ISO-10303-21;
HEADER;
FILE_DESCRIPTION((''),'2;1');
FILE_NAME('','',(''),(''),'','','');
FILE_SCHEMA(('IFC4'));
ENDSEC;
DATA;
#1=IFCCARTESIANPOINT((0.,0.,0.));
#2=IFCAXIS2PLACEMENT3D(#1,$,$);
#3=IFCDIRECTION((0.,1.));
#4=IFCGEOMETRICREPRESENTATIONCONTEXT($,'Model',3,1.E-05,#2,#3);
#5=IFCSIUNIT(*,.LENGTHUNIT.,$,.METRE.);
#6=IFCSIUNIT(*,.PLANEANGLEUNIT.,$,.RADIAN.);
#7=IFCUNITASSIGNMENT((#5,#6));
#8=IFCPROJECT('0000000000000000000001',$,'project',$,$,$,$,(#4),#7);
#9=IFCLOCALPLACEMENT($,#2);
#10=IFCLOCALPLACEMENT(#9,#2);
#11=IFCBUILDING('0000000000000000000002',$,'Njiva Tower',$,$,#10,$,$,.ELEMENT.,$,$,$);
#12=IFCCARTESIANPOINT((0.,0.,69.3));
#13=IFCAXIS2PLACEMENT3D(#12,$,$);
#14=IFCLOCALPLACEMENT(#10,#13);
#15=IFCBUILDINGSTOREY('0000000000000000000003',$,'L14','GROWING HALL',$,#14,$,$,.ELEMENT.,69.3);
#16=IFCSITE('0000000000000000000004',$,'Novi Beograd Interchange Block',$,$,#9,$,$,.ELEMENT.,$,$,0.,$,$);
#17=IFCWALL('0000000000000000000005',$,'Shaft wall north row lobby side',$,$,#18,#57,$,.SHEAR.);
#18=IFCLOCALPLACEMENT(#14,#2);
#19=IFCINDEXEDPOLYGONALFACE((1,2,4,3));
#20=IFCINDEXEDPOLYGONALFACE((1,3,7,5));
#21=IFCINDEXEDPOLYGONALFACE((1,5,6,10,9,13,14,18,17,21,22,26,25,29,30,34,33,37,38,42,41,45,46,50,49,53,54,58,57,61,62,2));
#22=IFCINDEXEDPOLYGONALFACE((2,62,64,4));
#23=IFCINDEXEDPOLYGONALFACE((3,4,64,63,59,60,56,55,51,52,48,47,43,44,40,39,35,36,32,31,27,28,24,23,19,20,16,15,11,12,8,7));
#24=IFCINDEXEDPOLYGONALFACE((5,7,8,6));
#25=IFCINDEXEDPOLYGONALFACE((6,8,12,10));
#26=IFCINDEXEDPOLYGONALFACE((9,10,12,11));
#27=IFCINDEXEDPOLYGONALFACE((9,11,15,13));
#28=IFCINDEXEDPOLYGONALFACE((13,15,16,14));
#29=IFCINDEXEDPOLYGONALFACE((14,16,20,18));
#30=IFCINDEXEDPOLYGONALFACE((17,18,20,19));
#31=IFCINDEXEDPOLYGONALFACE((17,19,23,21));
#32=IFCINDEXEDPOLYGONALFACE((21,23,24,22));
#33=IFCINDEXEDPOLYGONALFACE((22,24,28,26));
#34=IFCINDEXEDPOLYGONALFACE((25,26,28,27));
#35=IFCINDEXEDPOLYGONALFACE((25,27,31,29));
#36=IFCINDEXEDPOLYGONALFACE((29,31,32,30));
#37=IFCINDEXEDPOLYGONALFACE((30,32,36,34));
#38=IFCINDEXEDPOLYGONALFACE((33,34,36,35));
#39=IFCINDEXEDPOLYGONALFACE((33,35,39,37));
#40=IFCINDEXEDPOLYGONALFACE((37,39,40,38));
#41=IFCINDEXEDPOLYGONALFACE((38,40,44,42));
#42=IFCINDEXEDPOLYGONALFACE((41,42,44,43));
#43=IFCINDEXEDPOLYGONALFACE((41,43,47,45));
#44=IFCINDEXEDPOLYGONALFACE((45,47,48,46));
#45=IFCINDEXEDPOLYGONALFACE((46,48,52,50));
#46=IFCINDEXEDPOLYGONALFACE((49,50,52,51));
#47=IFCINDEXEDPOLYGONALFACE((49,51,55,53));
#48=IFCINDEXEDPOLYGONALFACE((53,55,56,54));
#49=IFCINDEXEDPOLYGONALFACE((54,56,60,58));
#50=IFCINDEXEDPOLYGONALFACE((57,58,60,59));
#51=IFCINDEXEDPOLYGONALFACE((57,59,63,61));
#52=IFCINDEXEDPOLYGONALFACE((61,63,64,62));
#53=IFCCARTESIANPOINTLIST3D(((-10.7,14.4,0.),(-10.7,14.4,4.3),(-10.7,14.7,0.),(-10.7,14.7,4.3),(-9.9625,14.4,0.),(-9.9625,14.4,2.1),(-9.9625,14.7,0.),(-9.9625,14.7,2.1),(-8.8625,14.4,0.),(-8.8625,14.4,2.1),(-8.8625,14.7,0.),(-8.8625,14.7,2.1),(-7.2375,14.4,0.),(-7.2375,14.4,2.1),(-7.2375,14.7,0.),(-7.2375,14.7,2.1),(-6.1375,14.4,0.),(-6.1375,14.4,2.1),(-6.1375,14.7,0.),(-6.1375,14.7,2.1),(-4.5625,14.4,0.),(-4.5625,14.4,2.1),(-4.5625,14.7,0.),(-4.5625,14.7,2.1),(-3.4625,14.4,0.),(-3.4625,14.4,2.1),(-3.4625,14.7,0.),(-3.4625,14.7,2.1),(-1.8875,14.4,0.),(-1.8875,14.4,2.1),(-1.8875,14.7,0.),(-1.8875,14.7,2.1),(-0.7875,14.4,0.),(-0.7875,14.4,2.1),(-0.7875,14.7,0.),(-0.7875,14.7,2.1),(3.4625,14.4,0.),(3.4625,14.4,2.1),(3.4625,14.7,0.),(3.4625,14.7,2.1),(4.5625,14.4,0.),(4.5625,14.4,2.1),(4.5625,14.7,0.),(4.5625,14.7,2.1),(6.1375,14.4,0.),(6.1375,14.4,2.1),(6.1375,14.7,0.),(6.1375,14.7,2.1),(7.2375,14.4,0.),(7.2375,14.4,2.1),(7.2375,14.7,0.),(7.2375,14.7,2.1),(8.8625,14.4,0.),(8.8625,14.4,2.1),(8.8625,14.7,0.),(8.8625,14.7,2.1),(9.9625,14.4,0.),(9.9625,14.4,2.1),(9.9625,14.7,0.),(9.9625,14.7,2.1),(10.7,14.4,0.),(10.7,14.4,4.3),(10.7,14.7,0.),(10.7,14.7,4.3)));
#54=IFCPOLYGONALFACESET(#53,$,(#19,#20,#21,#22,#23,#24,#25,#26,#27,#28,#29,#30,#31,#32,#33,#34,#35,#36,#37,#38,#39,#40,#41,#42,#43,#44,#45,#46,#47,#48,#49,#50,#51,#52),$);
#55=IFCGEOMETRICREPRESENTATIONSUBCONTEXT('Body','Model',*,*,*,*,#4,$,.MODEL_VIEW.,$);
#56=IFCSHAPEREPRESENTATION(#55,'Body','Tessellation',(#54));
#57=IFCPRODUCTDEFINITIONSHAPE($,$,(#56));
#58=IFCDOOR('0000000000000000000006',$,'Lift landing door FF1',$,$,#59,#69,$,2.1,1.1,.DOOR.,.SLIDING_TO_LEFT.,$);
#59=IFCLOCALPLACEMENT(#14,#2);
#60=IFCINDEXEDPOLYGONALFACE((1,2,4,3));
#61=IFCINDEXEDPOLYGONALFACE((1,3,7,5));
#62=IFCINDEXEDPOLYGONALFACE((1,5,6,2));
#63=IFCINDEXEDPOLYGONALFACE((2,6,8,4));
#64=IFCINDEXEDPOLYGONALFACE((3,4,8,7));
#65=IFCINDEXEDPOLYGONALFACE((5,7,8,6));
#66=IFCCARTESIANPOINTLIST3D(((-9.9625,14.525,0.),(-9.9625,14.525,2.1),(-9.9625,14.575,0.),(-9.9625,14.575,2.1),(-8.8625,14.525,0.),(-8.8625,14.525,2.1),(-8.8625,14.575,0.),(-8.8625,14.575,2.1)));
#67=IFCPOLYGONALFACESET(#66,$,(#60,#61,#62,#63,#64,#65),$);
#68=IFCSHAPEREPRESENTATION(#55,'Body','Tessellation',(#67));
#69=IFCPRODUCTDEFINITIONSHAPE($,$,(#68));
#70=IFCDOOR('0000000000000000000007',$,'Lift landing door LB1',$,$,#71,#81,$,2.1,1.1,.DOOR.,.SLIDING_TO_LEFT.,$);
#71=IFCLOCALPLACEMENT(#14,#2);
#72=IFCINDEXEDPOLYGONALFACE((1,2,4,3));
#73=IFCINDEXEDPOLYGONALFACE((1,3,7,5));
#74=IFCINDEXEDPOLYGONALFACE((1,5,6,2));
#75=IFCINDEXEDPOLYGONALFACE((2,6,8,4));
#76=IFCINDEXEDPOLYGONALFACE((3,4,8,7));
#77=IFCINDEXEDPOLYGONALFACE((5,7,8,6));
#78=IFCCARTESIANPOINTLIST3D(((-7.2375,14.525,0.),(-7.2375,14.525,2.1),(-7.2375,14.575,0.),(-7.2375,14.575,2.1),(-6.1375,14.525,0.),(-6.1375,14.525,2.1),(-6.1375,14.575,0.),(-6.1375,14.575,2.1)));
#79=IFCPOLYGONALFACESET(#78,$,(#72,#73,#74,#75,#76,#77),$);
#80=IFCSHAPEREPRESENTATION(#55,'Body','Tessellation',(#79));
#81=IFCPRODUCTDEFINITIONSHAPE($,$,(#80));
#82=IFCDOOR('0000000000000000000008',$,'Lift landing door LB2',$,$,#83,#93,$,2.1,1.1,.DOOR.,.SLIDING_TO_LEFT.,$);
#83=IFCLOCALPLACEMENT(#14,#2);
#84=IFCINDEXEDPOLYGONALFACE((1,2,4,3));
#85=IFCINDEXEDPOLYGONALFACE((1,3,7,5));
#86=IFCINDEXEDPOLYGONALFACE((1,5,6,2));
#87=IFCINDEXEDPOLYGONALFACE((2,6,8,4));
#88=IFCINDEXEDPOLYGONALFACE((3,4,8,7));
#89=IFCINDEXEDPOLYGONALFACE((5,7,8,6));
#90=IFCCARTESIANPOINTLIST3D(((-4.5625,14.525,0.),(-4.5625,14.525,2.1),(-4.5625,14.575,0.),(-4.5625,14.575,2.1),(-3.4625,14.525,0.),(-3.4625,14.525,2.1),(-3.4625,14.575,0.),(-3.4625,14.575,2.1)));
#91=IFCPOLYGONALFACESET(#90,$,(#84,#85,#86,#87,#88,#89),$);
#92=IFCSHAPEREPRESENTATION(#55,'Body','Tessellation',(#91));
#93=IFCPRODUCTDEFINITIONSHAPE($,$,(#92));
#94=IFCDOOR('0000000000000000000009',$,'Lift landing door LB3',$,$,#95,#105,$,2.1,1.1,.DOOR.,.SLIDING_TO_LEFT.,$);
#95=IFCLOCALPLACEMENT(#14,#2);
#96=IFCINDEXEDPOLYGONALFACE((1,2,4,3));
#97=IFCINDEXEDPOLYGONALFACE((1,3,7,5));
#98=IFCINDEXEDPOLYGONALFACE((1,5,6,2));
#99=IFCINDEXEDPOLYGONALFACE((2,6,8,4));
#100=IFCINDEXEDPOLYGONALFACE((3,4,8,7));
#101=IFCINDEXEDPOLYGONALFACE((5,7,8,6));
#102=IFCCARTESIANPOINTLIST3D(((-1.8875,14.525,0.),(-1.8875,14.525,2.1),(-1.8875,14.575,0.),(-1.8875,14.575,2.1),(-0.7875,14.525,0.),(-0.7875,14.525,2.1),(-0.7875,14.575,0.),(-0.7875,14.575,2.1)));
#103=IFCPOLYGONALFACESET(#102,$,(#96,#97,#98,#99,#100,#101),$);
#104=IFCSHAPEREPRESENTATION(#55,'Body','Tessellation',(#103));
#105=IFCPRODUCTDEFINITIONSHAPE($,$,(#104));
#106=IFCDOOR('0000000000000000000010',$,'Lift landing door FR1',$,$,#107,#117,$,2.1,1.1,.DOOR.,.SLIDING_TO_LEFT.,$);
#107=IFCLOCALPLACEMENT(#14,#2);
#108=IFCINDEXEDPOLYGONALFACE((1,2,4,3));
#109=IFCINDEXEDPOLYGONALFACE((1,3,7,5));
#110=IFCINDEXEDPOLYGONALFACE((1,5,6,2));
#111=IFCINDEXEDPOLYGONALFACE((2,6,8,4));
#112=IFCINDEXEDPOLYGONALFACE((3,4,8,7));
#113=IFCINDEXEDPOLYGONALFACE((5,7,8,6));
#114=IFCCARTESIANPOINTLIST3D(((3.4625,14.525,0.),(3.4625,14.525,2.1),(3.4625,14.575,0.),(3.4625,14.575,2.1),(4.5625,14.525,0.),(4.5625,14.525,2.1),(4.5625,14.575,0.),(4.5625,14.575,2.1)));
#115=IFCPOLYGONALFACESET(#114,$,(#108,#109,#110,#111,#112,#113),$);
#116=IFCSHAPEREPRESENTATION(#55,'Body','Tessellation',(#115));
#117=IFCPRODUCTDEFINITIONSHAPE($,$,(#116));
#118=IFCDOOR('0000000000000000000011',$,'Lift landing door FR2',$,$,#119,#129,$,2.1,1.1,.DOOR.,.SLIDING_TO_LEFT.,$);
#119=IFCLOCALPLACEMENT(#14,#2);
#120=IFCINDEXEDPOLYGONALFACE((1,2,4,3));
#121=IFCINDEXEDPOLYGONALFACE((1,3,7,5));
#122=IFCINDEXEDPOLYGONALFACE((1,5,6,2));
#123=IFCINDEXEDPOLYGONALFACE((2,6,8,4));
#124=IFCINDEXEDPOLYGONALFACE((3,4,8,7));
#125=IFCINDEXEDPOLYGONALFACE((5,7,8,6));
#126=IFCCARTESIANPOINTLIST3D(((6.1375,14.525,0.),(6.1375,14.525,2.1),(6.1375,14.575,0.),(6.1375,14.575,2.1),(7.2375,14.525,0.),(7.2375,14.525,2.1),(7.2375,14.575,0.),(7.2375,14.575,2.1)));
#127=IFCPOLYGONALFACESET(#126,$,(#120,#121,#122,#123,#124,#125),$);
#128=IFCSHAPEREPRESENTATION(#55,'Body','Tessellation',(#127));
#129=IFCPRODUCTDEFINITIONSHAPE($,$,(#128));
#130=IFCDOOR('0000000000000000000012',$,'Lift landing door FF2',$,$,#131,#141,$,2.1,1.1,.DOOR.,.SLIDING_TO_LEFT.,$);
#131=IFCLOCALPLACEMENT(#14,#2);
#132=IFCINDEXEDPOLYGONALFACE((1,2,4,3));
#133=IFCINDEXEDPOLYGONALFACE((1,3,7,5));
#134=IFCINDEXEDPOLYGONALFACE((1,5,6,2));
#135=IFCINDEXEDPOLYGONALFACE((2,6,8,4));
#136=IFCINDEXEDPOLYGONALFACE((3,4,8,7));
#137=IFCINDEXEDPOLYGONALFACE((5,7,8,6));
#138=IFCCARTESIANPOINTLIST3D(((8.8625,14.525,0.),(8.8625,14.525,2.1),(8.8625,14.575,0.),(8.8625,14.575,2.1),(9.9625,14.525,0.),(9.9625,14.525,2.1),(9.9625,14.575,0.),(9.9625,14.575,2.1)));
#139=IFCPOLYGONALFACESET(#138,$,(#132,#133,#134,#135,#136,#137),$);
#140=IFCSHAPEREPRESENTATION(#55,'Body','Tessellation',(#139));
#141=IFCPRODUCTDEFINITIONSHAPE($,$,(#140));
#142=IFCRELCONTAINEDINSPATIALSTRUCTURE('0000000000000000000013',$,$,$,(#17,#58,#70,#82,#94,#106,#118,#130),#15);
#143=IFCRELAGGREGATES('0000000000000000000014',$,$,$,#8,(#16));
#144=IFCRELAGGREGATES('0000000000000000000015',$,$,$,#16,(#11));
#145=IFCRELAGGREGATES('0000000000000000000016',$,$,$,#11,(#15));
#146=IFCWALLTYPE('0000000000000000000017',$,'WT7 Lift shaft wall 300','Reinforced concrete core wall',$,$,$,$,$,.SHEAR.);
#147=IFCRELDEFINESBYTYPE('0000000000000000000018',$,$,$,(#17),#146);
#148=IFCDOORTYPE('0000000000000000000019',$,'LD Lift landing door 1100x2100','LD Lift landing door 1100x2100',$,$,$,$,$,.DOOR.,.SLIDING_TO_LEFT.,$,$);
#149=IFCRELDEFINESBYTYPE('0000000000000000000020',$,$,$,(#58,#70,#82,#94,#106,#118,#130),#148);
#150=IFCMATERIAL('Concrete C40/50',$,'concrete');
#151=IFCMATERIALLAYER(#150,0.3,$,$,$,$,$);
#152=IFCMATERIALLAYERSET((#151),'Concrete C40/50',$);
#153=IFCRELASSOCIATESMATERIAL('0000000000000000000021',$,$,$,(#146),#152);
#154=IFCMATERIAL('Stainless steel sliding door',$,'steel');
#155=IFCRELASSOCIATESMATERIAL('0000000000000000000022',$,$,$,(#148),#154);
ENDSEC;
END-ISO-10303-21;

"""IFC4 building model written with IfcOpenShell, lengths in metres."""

from ifc_helpers import new_model, si_unit, direction, frame, frame_2d, origin, place, context, subcontext, project, spatial, rectangle, extrude, material, layer, layer_set, type_object, element, fill, save


model = new_model("IFC4")

# Units and contexts
model_context = context("Model", 3, precision=1e-05, world=origin(), true_north=direction((0.0, 1.0)))
body_context = subcontext(model_context, "Body", "Model", "MODEL_VIEW")
ifc_project = project(units=[si_unit("LENGTHUNIT", "METRE"), si_unit("PLANEANGLEUNIT", "RADIAN")], contexts=[model_context])

# Site, building, storey
site_placement = place(None, origin())
site = spatial("IfcSite", under=ifc_project, at=site_placement, Name="Novi Beograd Interchange Block", CompositionType="ELEMENT", RefElevation=0.0)
building_placement = place(site_placement, origin())
building = spatial("IfcBuilding", under=site, at=building_placement, Name="Njiva Tower", CompositionType="ELEMENT")
storey_placement = place(building_placement, frame((0.0, 0.0, 69.3)))
storey = spatial("IfcBuildingStorey", under=building, at=storey_placement, Name="L14", Description="GROWING HALL", CompositionType="ELEMENT", Elevation=69.3)

# Shared definitions
ifc_material_1 = material(Name="Concrete C40/50", Category="concrete")

# Wall, openings, doors
ifc_layer_1 = layer(ifc_material_1, 0.3)
ifc_layer_set_1 = layer_set([ifc_layer_1], Name="Concrete C40/50")
wall_type_1 = type_object("IfcWallType", Name="WT7 Lift shaft wall 300", Description="Reinforced concrete core wall", PredefinedType="SHEAR", material=ifc_layer_set_1)
wall_1_placement = place(storey_placement, frame((-10.7, 14.55, 0.0), z_axis=(0.0, 0.0, 1.0), x_axis=(1.0, 0.0, 0.0)))
wall_1 = element("IfcWall", 1, at=wall_1_placement, inside=storey, type_object=wall_type_1, Name="Shaft wall north row lobby side", PredefinedType="SHEAR", context=body_context, shape_type="SweptSolid", body=[
    extrude(rectangle(XDim=21.4, YDim=0.3, at=frame_2d((10.7, 0.0))), origin(), (0.0, 0.0, 1.0), 4.3),
])
opening_1_placement = place(wall_1_placement, frame((0.7375, 0.0, 0.0)))
opening_1 = element("IfcOpeningElement", 2, at=opening_1_placement, cuts=wall_1, PredefinedType="OPENING", context=body_context, shape_type="SweptSolid", body=[
    extrude(rectangle(XDim=1.1, YDim=2.1, at=frame_2d((0.55, 1.05))), frame((0.0, 0.16, 0.0), z_axis=(0.0, -1.0, 0.0), x_axis=(1.0, 0.0, 0.0)), (0.0, 0.0, 1.0), 0.32),
])
opening_2_placement = place(wall_1_placement, frame((3.4625, 0.0, 0.0)))
opening_2 = element("IfcOpeningElement", 3, at=opening_2_placement, cuts=wall_1, PredefinedType="OPENING", context=body_context, shape_type="SweptSolid", body=[
    extrude(rectangle(XDim=1.1, YDim=2.1, at=frame_2d((0.55, 1.05))), frame((0.0, 0.16, 0.0), z_axis=(0.0, -1.0, 0.0), x_axis=(1.0, 0.0, 0.0)), (0.0, 0.0, 1.0), 0.32),
])
opening_3_placement = place(wall_1_placement, frame((6.1375, 0.0, 0.0)))
opening_3 = element("IfcOpeningElement", 4, at=opening_3_placement, cuts=wall_1, PredefinedType="OPENING", context=body_context, shape_type="SweptSolid", body=[
    extrude(rectangle(XDim=1.1, YDim=2.1, at=frame_2d((0.55, 1.05))), frame((0.0, 0.16, 0.0), z_axis=(0.0, -1.0, 0.0), x_axis=(1.0, 0.0, 0.0)), (0.0, 0.0, 1.0), 0.32),
])
opening_4_placement = place(wall_1_placement, frame((8.8125, 0.0, 0.0)))
opening_4 = element("IfcOpeningElement", 5, at=opening_4_placement, cuts=wall_1, PredefinedType="OPENING", context=body_context, shape_type="SweptSolid", body=[
    extrude(rectangle(XDim=1.1, YDim=2.1, at=frame_2d((0.55, 1.05))), frame((0.0, 0.16, 0.0), z_axis=(0.0, -1.0, 0.0), x_axis=(1.0, 0.0, 0.0)), (0.0, 0.0, 1.0), 0.32),
])
opening_5_placement = place(wall_1_placement, frame((14.1625, 0.0, 0.0)))
opening_5 = element("IfcOpeningElement", 6, at=opening_5_placement, cuts=wall_1, PredefinedType="OPENING", context=body_context, shape_type="SweptSolid", body=[
    extrude(rectangle(XDim=1.1, YDim=2.1, at=frame_2d((0.55, 1.05))), frame((0.0, 0.16, 0.0), z_axis=(0.0, -1.0, 0.0), x_axis=(1.0, 0.0, 0.0)), (0.0, 0.0, 1.0), 0.32),
])
opening_6_placement = place(wall_1_placement, frame((16.8375, 0.0, 0.0)))
opening_6 = element("IfcOpeningElement", 7, at=opening_6_placement, cuts=wall_1, PredefinedType="OPENING", context=body_context, shape_type="SweptSolid", body=[
    extrude(rectangle(XDim=1.1, YDim=2.1, at=frame_2d((0.55, 1.05))), frame((0.0, 0.16, 0.0), z_axis=(0.0, -1.0, 0.0), x_axis=(1.0, 0.0, 0.0)), (0.0, 0.0, 1.0), 0.32),
])
opening_7_placement = place(wall_1_placement, frame((19.5625, 0.0, 0.0)))
opening_7 = element("IfcOpeningElement", 8, at=opening_7_placement, cuts=wall_1, PredefinedType="OPENING", context=body_context, shape_type="SweptSolid", body=[
    extrude(rectangle(XDim=1.1, YDim=2.1, at=frame_2d((0.55, 1.05))), frame((0.0, 0.16, 0.0), z_axis=(0.0, -1.0, 0.0), x_axis=(1.0, 0.0, 0.0)), (0.0, 0.0, 1.0), 0.32),
])
ifc_material_2 = material(Name="Stainless steel sliding door", Category="steel")
door_type_1 = type_object("IfcDoorType", Name="LD Lift landing door 1100x2100", Description="LD Lift landing door 1100x2100", OperationType="SLIDING_TO_LEFT", PredefinedType="DOOR", material=ifc_material_2)
door_1_placement = place(opening_1_placement, origin())
door_1 = element("IfcDoor", 9, at=door_1_placement, inside=storey, type_object=door_type_1, Name="Lift landing door FF1", OperationType="SLIDING_TO_LEFT", OverallHeight=2.1, OverallWidth=1.1, PredefinedType="DOOR", context=body_context, shape_type="SweptSolid", body=[
    extrude(rectangle(XDim=1.1, YDim=2.1, at=frame_2d((0.55, 1.05))), frame((0.0, 0.025, 0.0), z_axis=(0.0, -1.0, 0.0), x_axis=(1.0, 0.0, 0.0)), (0.0, 0.0, 1.0), 0.05),
])
fill(opening_1, door_1)
door_2_placement = place(opening_2_placement, origin())
door_2 = element("IfcDoor", 10, at=door_2_placement, inside=storey, type_object=door_type_1, Name="Lift landing door LB1", OperationType="SLIDING_TO_LEFT", OverallHeight=2.1, OverallWidth=1.1, PredefinedType="DOOR", context=body_context, shape_type="SweptSolid", body=[
    extrude(rectangle(XDim=1.1, YDim=2.1, at=frame_2d((0.55, 1.05))), frame((0.0, 0.025, 0.0), z_axis=(0.0, -1.0, 0.0), x_axis=(1.0, 0.0, 0.0)), (0.0, 0.0, 1.0), 0.05),
])
fill(opening_2, door_2)
door_3_placement = place(opening_3_placement, origin())
door_3 = element("IfcDoor", 11, at=door_3_placement, inside=storey, type_object=door_type_1, Name="Lift landing door LB2", OperationType="SLIDING_TO_LEFT", OverallHeight=2.1, OverallWidth=1.1, PredefinedType="DOOR", context=body_context, shape_type="SweptSolid", body=[
    extrude(rectangle(XDim=1.1, YDim=2.1, at=frame_2d((0.55, 1.05))), frame((0.0, 0.025, 0.0), z_axis=(0.0, -1.0, 0.0), x_axis=(1.0, 0.0, 0.0)), (0.0, 0.0, 1.0), 0.05),
])
fill(opening_3, door_3)
door_4_placement = place(opening_4_placement, origin())
door_4 = element("IfcDoor", 12, at=door_4_placement, inside=storey, type_object=door_type_1, Name="Lift landing door LB3", OperationType="SLIDING_TO_LEFT", OverallHeight=2.1, OverallWidth=1.1, PredefinedType="DOOR", context=body_context, shape_type="SweptSolid", body=[
    extrude(rectangle(XDim=1.1, YDim=2.1, at=frame_2d((0.55, 1.05))), frame((0.0, 0.025, 0.0), z_axis=(0.0, -1.0, 0.0), x_axis=(1.0, 0.0, 0.0)), (0.0, 0.0, 1.0), 0.05),
])
fill(opening_4, door_4)
door_5_placement = place(opening_5_placement, origin())
door_5 = element("IfcDoor", 13, at=door_5_placement, inside=storey, type_object=door_type_1, Name="Lift landing door FR1", OperationType="SLIDING_TO_LEFT", OverallHeight=2.1, OverallWidth=1.1, PredefinedType="DOOR", context=body_context, shape_type="SweptSolid", body=[
    extrude(rectangle(XDim=1.1, YDim=2.1, at=frame_2d((0.55, 1.05))), frame((0.0, 0.025, 0.0), z_axis=(0.0, -1.0, 0.0), x_axis=(1.0, 0.0, 0.0)), (0.0, 0.0, 1.0), 0.05),
])
fill(opening_5, door_5)
door_6_placement = place(opening_6_placement, origin())
door_6 = element("IfcDoor", 14, at=door_6_placement, inside=storey, type_object=door_type_1, Name="Lift landing door FR2", OperationType="SLIDING_TO_LEFT", OverallHeight=2.1, OverallWidth=1.1, PredefinedType="DOOR", context=body_context, shape_type="SweptSolid", body=[
    extrude(rectangle(XDim=1.1, YDim=2.1, at=frame_2d((0.55, 1.05))), frame((0.0, 0.025, 0.0), z_axis=(0.0, -1.0, 0.0), x_axis=(1.0, 0.0, 0.0)), (0.0, 0.0, 1.0), 0.05),
])
fill(opening_6, door_6)
door_7_placement = place(opening_7_placement, origin())
door_7 = element("IfcDoor", 15, at=door_7_placement, inside=storey, type_object=door_type_1, Name="Lift landing door FF2", OperationType="SLIDING_TO_LEFT", OverallHeight=2.1, OverallWidth=1.1, PredefinedType="DOOR", context=body_context, shape_type="SweptSolid", body=[
    extrude(rectangle(XDim=1.1, YDim=2.1, at=frame_2d((0.55, 1.05))), frame((0.0, 0.025, 0.0), z_axis=(0.0, -1.0, 0.0), x_axis=(1.0, 0.0, 0.0)), (0.0, 0.0, 1.0), 0.05),
])
fill(opening_7, door_7)

save(model, "model.ifc")
